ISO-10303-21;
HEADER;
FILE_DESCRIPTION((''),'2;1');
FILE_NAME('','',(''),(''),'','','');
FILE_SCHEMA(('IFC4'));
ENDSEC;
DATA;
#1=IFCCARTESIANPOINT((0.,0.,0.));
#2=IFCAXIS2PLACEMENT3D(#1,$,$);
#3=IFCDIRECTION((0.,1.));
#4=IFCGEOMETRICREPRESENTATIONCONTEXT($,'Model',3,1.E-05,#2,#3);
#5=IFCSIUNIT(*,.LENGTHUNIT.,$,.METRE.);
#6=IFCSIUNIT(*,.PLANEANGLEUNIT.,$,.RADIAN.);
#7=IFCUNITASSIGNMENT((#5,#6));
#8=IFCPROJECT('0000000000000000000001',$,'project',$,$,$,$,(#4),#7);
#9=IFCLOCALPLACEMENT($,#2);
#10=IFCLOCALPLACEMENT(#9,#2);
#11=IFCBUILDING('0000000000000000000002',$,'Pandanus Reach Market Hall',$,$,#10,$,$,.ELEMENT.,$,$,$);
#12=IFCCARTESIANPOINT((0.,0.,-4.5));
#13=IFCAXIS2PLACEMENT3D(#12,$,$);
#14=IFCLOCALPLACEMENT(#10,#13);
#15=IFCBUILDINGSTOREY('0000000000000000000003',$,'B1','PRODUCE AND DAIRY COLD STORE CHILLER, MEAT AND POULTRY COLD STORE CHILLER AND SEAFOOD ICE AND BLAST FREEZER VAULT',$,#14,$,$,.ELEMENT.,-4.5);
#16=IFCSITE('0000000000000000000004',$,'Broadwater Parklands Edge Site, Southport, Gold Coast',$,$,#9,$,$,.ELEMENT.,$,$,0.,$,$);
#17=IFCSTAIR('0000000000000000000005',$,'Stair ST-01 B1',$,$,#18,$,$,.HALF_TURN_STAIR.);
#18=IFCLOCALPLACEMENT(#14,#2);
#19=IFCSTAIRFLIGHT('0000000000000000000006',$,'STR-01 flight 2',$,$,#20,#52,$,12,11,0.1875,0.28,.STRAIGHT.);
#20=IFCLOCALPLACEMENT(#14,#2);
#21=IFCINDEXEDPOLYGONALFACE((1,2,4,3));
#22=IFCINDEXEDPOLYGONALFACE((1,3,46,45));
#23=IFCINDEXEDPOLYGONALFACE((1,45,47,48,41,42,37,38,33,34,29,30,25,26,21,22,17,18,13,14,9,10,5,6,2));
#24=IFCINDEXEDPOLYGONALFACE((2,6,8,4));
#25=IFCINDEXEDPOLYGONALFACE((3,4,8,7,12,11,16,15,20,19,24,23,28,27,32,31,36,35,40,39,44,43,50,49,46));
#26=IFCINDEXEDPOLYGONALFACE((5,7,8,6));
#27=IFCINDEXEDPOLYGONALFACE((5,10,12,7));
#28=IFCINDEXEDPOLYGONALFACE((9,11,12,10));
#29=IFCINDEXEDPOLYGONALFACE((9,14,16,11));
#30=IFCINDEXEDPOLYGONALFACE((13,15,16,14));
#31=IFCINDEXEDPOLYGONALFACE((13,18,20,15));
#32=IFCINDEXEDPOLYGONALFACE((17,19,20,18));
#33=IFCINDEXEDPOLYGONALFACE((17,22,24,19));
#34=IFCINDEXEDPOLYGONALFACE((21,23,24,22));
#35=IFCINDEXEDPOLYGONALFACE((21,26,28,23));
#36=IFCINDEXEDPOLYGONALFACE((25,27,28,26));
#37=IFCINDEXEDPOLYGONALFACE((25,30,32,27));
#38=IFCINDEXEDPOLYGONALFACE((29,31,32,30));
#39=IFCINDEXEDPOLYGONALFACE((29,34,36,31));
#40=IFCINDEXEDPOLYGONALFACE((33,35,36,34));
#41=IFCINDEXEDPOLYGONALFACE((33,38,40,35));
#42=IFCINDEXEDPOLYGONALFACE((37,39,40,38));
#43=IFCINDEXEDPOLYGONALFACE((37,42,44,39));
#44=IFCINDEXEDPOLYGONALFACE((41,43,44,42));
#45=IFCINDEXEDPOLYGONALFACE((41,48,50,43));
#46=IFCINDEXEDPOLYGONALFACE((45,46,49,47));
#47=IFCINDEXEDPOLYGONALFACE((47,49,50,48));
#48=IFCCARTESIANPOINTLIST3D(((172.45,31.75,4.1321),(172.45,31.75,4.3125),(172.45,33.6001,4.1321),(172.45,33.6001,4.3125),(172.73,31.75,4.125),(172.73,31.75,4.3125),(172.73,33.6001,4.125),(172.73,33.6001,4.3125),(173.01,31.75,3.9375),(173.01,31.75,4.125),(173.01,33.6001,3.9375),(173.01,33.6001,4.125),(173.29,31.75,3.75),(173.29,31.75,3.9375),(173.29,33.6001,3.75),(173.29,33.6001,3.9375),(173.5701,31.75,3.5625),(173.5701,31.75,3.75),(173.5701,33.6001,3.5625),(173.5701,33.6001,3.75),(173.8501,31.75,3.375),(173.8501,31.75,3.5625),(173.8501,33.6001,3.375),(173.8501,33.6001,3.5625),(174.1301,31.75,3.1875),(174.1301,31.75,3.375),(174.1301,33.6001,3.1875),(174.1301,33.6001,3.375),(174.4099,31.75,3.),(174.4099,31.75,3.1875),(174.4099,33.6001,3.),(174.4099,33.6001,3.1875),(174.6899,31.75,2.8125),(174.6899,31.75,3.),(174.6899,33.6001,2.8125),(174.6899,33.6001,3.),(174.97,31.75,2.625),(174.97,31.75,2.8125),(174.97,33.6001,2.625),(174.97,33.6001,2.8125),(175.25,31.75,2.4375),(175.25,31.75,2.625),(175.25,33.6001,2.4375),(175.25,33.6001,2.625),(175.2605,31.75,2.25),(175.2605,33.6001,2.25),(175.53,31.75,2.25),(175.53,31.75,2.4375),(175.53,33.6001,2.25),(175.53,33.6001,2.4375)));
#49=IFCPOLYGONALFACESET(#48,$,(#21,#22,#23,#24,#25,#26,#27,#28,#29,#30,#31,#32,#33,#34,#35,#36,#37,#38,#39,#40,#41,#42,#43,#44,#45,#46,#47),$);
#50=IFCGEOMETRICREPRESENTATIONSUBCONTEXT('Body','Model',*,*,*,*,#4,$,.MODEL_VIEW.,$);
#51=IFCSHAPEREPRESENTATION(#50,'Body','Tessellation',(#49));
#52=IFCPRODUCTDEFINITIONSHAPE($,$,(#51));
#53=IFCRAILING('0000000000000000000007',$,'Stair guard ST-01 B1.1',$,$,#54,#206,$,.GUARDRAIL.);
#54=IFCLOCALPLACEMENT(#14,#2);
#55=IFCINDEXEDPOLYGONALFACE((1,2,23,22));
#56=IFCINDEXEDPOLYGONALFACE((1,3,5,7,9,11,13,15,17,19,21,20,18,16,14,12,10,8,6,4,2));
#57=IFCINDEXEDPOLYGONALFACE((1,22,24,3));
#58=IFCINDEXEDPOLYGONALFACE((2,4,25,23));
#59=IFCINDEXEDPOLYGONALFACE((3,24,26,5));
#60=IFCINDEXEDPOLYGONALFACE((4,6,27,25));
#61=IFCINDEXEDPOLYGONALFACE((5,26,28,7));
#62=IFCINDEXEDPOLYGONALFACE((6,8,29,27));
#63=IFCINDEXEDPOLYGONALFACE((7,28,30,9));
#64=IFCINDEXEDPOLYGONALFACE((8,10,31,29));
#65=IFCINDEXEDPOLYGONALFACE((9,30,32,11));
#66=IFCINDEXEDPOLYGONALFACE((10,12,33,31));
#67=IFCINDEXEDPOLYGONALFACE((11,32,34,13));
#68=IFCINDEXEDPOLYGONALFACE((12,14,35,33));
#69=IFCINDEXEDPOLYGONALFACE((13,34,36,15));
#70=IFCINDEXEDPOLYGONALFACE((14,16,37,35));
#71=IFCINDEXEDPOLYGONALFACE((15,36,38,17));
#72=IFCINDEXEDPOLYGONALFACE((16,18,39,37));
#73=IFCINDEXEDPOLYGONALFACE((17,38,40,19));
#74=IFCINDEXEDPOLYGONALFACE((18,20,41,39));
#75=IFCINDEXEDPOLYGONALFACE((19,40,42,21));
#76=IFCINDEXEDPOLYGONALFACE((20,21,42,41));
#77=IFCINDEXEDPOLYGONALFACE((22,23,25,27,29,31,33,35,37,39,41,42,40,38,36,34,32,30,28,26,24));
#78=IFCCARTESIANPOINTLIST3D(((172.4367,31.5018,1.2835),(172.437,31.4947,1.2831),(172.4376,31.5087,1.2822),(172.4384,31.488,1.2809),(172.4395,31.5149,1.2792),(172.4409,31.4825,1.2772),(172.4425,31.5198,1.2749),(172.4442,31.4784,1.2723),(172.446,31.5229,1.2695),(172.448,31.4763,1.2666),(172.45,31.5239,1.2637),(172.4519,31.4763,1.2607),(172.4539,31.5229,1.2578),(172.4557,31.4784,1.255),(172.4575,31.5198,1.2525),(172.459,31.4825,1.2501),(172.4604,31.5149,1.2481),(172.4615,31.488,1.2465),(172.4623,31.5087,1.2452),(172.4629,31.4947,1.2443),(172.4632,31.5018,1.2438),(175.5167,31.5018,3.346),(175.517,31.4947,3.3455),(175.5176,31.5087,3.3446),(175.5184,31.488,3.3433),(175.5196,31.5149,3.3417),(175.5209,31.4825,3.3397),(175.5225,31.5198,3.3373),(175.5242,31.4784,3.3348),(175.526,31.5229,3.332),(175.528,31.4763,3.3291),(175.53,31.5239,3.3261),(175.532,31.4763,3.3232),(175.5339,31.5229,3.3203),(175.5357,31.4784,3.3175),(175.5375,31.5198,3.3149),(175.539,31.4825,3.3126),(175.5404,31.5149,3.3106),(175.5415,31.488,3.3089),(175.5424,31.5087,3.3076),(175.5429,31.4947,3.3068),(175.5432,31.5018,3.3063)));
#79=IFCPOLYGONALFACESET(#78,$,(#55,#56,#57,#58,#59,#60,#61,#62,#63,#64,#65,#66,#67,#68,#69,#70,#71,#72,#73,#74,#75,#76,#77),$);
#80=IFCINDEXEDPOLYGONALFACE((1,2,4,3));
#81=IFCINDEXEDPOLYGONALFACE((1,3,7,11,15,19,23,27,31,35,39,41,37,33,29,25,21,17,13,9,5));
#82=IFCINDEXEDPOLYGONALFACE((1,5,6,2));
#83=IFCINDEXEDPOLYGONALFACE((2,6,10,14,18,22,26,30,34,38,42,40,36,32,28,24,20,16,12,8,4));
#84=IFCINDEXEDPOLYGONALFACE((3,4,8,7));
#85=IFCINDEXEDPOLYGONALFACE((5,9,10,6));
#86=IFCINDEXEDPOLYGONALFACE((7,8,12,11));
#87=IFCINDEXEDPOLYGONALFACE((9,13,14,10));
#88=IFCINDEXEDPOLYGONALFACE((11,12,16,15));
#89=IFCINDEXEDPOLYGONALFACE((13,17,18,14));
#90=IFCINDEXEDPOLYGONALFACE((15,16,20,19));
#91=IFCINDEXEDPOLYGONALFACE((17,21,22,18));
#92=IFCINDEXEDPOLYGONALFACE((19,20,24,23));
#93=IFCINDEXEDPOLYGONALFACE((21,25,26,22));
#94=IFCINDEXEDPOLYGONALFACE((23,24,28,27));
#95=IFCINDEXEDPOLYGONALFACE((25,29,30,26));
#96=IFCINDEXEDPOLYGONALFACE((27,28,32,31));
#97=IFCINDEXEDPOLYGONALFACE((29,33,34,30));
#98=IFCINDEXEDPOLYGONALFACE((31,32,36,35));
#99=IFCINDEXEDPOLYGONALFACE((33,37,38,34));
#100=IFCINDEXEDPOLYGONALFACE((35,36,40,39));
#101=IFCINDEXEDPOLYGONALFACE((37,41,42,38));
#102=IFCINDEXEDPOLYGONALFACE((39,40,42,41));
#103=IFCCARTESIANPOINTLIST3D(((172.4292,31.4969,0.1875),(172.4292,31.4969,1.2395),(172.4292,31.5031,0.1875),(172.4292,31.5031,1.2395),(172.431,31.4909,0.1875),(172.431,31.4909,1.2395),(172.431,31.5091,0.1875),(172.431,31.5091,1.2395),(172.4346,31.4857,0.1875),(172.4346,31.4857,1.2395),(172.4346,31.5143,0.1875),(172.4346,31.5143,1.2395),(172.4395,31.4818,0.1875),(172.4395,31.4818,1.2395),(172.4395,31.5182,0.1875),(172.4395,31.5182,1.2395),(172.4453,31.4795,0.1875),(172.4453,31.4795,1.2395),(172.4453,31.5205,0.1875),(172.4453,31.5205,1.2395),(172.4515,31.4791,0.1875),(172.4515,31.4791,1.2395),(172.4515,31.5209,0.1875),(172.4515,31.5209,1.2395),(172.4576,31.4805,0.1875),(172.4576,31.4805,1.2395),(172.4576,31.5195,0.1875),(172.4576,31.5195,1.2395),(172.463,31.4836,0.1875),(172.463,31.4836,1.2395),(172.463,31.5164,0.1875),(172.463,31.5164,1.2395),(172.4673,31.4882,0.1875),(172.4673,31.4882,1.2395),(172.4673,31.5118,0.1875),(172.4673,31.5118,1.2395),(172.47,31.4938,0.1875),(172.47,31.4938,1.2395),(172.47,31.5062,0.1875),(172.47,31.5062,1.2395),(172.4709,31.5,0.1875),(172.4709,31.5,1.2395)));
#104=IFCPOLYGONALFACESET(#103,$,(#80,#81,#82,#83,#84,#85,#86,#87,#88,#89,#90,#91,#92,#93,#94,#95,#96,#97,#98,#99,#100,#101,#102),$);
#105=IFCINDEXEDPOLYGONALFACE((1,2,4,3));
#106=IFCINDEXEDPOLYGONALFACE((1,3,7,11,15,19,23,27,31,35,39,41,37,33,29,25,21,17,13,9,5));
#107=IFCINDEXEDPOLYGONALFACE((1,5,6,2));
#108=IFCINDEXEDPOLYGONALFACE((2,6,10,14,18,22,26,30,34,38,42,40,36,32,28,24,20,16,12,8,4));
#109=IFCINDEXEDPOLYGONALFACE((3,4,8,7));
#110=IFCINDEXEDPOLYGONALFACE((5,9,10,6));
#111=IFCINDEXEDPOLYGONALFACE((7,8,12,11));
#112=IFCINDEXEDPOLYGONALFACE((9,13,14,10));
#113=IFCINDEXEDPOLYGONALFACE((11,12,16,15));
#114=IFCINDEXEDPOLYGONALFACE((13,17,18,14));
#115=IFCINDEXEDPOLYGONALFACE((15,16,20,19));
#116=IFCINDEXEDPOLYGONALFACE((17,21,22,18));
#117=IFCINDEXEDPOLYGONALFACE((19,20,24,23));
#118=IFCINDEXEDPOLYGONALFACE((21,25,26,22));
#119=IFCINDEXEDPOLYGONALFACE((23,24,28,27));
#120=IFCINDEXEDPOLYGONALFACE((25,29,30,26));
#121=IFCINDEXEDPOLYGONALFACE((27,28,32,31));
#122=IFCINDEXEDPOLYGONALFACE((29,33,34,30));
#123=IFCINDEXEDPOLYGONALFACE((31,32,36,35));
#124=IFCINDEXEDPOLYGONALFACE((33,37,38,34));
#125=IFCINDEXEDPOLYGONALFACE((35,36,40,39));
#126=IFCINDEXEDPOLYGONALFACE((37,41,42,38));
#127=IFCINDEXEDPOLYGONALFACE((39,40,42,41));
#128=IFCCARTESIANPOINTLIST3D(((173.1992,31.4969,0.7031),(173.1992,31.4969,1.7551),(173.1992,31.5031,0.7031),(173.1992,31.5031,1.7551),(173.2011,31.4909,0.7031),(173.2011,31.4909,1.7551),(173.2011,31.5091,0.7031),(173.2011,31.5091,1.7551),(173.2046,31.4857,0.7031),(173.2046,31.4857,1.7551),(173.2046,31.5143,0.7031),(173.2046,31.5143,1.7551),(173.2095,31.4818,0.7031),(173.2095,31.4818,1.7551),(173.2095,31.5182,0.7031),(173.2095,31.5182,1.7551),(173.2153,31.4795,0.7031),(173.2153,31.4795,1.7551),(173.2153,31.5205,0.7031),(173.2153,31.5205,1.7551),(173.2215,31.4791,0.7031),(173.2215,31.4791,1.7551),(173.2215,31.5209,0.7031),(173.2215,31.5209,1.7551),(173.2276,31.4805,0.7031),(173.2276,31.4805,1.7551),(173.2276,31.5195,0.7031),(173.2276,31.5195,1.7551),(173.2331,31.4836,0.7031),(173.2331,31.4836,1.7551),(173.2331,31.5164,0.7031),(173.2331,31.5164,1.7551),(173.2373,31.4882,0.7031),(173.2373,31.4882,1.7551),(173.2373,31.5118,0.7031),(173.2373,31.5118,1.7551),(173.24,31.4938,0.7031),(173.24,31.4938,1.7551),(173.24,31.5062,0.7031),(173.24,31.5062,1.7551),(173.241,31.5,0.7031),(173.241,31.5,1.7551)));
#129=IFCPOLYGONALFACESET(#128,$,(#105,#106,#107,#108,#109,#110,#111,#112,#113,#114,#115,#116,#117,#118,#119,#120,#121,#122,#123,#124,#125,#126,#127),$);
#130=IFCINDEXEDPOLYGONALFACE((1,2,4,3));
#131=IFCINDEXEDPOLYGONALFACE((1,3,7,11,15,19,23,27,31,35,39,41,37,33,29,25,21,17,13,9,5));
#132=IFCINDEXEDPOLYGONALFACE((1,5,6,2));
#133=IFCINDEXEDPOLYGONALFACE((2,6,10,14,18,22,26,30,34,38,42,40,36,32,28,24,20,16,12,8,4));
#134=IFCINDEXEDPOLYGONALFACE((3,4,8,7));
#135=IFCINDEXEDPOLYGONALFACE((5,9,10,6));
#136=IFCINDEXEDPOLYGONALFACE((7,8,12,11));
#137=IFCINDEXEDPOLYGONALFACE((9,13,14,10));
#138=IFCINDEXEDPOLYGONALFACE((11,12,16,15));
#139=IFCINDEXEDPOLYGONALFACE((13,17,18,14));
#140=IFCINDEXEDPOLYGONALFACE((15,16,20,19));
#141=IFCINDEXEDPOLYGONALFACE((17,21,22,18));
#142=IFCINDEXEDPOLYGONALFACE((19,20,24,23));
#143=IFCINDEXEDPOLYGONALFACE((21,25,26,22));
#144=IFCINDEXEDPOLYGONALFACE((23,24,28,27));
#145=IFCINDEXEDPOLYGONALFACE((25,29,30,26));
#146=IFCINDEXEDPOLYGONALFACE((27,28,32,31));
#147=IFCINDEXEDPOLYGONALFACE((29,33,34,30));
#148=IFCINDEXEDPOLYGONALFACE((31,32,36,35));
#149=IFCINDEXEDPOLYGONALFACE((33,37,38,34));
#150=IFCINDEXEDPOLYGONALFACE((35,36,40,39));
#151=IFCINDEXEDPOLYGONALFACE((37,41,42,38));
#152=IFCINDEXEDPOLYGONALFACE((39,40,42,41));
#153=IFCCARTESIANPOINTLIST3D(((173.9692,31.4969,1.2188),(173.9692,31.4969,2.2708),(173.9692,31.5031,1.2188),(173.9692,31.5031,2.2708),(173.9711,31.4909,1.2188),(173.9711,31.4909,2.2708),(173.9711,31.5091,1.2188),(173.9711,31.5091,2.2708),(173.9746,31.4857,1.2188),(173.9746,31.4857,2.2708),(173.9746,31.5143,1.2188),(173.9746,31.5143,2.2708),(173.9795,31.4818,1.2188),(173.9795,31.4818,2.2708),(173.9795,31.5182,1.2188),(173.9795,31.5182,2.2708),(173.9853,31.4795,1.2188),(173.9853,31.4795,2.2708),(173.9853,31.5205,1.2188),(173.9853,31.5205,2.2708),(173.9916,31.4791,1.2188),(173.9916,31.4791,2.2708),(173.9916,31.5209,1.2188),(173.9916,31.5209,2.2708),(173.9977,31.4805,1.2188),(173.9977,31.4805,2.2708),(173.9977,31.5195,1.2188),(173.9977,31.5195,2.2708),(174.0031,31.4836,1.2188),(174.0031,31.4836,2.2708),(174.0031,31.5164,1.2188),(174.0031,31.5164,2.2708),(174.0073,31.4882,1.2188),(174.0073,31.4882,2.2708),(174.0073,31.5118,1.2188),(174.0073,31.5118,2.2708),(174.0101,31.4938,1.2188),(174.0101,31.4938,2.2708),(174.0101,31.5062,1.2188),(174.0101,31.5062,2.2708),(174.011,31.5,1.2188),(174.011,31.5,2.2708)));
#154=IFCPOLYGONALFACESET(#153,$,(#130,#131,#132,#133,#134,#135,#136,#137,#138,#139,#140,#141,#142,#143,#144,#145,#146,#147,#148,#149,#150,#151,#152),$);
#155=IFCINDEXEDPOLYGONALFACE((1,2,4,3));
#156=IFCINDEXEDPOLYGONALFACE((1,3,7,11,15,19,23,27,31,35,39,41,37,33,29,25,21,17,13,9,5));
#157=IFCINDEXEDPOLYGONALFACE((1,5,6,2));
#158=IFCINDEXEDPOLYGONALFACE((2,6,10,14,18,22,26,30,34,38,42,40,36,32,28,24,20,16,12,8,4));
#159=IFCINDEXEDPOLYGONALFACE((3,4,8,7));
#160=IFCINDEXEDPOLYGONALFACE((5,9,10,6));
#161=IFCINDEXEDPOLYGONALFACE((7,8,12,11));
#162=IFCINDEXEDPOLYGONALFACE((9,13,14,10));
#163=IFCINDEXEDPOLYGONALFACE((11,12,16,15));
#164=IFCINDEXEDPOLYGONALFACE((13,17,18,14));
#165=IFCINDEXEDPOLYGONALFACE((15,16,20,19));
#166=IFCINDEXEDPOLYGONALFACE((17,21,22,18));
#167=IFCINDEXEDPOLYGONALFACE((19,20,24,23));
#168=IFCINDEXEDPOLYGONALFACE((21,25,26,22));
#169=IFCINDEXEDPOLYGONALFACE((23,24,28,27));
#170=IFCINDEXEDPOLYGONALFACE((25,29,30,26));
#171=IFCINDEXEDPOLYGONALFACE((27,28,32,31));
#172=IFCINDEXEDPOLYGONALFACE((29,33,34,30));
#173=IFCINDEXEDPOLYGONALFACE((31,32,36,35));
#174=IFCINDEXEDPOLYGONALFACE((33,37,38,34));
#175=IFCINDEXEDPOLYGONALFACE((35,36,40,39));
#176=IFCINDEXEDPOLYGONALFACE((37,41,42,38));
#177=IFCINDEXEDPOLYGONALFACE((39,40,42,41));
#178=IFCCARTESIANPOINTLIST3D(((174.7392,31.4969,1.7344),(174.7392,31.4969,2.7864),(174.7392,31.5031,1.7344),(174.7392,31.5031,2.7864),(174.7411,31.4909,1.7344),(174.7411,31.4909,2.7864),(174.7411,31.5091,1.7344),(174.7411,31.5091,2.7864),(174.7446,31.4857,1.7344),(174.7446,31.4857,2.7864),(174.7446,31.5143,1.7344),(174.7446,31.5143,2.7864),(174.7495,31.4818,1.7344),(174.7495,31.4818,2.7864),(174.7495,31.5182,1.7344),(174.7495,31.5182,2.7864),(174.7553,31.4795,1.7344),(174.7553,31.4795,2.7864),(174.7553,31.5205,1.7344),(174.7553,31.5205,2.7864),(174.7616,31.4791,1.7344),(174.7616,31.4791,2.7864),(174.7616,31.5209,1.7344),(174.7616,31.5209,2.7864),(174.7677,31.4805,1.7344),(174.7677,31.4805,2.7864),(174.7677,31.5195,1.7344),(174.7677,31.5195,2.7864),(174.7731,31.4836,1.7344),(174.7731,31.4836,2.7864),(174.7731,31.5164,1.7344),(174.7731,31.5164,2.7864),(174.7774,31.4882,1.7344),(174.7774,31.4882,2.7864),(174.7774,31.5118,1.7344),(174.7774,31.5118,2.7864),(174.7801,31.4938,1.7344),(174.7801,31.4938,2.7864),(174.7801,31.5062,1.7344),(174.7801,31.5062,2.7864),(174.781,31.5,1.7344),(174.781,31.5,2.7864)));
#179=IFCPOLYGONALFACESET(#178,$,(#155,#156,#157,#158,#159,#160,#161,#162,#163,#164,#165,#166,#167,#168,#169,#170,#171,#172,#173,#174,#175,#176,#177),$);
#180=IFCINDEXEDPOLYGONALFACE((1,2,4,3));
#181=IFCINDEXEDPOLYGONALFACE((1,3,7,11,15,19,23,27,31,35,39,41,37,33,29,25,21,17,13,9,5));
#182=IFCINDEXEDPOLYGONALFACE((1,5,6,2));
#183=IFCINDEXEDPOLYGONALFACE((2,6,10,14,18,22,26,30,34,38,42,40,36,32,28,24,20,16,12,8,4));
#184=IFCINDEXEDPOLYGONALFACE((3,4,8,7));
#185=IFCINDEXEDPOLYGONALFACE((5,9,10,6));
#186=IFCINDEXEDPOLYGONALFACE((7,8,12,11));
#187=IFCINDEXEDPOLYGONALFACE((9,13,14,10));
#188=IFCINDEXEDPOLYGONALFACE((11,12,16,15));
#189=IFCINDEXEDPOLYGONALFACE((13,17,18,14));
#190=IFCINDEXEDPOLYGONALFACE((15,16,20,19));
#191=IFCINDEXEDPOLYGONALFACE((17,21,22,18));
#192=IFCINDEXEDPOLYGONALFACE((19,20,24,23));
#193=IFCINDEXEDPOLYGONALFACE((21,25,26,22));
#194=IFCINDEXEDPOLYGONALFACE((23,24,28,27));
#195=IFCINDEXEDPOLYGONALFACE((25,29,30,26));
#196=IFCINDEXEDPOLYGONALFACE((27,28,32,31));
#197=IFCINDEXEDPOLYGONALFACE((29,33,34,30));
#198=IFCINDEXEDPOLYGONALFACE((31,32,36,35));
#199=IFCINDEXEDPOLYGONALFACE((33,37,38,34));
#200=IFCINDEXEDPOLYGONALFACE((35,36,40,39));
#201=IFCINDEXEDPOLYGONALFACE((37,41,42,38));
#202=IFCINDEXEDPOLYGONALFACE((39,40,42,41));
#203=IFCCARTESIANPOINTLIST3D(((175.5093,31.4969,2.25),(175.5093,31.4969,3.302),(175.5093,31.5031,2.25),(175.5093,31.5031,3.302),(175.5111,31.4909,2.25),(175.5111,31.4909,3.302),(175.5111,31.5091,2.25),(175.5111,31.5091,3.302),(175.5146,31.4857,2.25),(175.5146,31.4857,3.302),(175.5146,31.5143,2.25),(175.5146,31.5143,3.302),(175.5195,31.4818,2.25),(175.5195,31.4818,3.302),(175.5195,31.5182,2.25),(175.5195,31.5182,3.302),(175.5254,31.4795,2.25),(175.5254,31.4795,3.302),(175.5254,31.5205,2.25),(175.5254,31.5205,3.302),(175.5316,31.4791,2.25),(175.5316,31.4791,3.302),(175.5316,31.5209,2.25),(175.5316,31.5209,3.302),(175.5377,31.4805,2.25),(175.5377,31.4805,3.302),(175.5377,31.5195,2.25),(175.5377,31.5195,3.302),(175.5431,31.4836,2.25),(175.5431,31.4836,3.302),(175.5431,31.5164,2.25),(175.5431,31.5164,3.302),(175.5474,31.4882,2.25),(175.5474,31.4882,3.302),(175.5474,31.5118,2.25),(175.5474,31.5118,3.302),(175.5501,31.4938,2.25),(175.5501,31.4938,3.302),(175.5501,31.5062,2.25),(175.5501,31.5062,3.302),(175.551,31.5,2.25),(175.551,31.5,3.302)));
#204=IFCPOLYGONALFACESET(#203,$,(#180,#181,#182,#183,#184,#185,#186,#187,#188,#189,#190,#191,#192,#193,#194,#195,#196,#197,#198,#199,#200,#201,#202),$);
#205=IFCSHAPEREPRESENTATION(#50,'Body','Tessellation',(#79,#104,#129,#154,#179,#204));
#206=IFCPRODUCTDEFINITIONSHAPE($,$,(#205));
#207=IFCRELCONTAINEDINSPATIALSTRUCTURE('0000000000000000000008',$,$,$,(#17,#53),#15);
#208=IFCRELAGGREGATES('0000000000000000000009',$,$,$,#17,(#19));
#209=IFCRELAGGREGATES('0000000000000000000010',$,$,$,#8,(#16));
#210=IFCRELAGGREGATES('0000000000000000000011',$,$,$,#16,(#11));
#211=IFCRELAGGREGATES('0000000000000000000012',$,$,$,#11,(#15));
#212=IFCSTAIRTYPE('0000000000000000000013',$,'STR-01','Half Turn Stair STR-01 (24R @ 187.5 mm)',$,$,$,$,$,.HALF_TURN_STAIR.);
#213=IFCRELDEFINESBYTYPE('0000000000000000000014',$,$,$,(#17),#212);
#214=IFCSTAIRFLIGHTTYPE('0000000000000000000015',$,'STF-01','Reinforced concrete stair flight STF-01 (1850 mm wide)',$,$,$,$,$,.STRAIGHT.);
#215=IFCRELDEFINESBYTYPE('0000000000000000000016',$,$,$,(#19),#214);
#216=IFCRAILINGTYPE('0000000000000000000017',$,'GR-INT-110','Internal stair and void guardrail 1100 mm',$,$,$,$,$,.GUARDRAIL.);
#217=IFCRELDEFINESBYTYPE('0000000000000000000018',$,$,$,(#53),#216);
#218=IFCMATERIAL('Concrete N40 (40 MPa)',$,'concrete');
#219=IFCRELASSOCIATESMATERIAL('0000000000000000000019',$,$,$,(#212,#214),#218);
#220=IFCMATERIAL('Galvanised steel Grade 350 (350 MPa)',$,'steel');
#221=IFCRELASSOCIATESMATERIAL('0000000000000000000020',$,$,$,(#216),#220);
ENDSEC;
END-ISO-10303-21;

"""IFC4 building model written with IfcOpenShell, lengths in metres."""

from ifc_helpers import new_model, si_unit, direction, frame, origin, origin_2d, place, context, subcontext, project, spatial, polyline, circle, outline, extrude, material, type_object, element, aggregate, save


model = new_model("IFC4")

# Units and contexts
model_context = context("Model", 3, precision=1e-05, world=origin(), true_north=direction((0.0, 1.0)))
body_context = subcontext(model_context, "Body", "Model", "MODEL_VIEW")
ifc_project = project(units=[si_unit("LENGTHUNIT", "METRE"), si_unit("PLANEANGLEUNIT", "RADIAN")], contexts=[model_context])

# Site, building, storey
site_placement = place(None, origin())
site = spatial("IfcSite", under=ifc_project, at=site_placement, Name="Broadwater Parklands Edge Site, Southport, Gold Coast", CompositionType="ELEMENT", RefElevation=0.0)
building_placement = place(site_placement, origin())
building = spatial("IfcBuilding", under=site, at=building_placement, Name="Pandanus Reach Market Hall", CompositionType="ELEMENT")
storey_placement = place(building_placement, frame((0.0, 0.0, -4.5)))
storey = spatial("IfcBuildingStorey", under=building, at=storey_placement, Name="B1", Description="PRODUCE AND DAIRY COLD STORE CHILLER, MEAT AND POULTRY COLD STORE CHILLER AND SEAFOOD ICE AND BLAST FREEZER VAULT", CompositionType="ELEMENT", Elevation=-4.5)

# Shared definitions
ifc_material_1 = material(Name="Concrete N40 (40 MPa)", Category="concrete")

# Stair, stair flight
stair_type = type_object("IfcStairType", Name="STR-01", Description="Half Turn Stair STR-01 (24R @ 187.5 mm)", PredefinedType="HALF_TURN_STAIR", material=ifc_material_1)
stair_placement = place(storey_placement, origin())
stair = element("IfcStair", 1, at=stair_placement, inside=storey, type_object=stair_type, Name="Stair ST-01 B1", PredefinedType="HALF_TURN_STAIR")
stair_flight_type = type_object("IfcStairFlightType", Name="STF-01", Description="Reinforced concrete stair flight STF-01 (1850 mm wide)", PredefinedType="STRAIGHT", material=ifc_material_1)
stair_flight_1_placement = place(storey_placement, frame((175.53, 32.675, 2.25), z_axis=(0.0, 0.0, 1.0), x_axis=(-1.0, 0.0, 0.0)))
stair_flight_1 = element("IfcStairFlight", 2, at=stair_flight_1_placement, type_object=stair_flight_type, Name="STR-01 flight 2", NumberOfRisers=12, NumberOfTreads=11, PredefinedType="STRAIGHT", RiserHeight=0.1875, TreadLength=0.28, context=body_context, shape_type="SweptSolid", body=[
    extrude(outline(polyline([(0.0, 0.0), (0.0, 0.1875), (0.28, 0.1875), (0.28, 0.375), (0.5601, 0.375), (0.5601, 0.5625), (0.8401, 0.5625), (0.8401, 0.75), (1.1201, 0.75), (1.1201, 0.9375), (1.3999, 0.9375), (1.3999, 1.125), (1.6799, 1.125), (1.6799, 1.3125), (1.96, 1.3125), (1.96, 1.5), (2.24, 1.5), (2.24, 1.6875), (2.52, 1.6875), (2.52, 1.875), (2.8, 1.875), (2.8, 2.0625), (3.0801, 2.0625), (3.0801, 2.25), (3.0801, 1.8821), (0.2695, 0.0), (0.0, 0.0)])), frame((0.0, 0.925, 0.0), z_axis=(0.0, -1.0, 0.0), x_axis=(1.0, 0.0, 0.0)), (0.0, 0.0, 1.0), 1.8501),
])
aggregate(stair, [stair_flight_1])

# Railing
ifc_material_2 = material(Name="Galvanised steel Grade 350 (350 MPa)", Category="steel")
railing_type_1 = type_object("IfcRailingType", Name="GR-INT-110", Description="Internal stair and void guardrail 1100 mm", PredefinedType="GUARDRAIL", material=ifc_material_2)
railing_1_placement = place(storey_placement, frame((172.45, 31.5, 0.1875)))
element("IfcRailing", 3, at=railing_1_placement, inside=storey, type_object=railing_type_1, Name="Stair guard ST-01 B1.1", PredefinedType="GUARDRAIL", context=body_context, shape_type="SweptSolid", body=[
    extrude(circle(Radius=0.0239, at=origin_2d()), frame((0.0, 0.0, 1.0762), z_axis=(0.830914, 0.0, 0.556401), x_axis=(0.0, 1.0, 0.0)), (0.0, 0.0, 1.0), 3.7068),
    extrude(circle(Radius=0.021, at=origin_2d()), origin(), (0.0, 0.0, 1.0), 1.052),
    extrude(circle(Radius=0.021, at=origin_2d()), frame((0.77, 0.0, 0.5156)), (0.0, 0.0, 1.0), 1.052),
    extrude(circle(Radius=0.021, at=origin_2d()), frame((1.54, 0.0, 1.0312)), (0.0, 0.0, 1.0), 1.052),
    extrude(circle(Radius=0.021, at=origin_2d()), frame((2.3101, 0.0, 1.5469)), (0.0, 0.0, 1.0), 1.052),
    extrude(circle(Radius=0.021, at=origin_2d()), frame((3.0801, 0.0, 2.0625)), (0.0, 0.0, 1.0), 1.052),
])

save(model, "model.ifc")
